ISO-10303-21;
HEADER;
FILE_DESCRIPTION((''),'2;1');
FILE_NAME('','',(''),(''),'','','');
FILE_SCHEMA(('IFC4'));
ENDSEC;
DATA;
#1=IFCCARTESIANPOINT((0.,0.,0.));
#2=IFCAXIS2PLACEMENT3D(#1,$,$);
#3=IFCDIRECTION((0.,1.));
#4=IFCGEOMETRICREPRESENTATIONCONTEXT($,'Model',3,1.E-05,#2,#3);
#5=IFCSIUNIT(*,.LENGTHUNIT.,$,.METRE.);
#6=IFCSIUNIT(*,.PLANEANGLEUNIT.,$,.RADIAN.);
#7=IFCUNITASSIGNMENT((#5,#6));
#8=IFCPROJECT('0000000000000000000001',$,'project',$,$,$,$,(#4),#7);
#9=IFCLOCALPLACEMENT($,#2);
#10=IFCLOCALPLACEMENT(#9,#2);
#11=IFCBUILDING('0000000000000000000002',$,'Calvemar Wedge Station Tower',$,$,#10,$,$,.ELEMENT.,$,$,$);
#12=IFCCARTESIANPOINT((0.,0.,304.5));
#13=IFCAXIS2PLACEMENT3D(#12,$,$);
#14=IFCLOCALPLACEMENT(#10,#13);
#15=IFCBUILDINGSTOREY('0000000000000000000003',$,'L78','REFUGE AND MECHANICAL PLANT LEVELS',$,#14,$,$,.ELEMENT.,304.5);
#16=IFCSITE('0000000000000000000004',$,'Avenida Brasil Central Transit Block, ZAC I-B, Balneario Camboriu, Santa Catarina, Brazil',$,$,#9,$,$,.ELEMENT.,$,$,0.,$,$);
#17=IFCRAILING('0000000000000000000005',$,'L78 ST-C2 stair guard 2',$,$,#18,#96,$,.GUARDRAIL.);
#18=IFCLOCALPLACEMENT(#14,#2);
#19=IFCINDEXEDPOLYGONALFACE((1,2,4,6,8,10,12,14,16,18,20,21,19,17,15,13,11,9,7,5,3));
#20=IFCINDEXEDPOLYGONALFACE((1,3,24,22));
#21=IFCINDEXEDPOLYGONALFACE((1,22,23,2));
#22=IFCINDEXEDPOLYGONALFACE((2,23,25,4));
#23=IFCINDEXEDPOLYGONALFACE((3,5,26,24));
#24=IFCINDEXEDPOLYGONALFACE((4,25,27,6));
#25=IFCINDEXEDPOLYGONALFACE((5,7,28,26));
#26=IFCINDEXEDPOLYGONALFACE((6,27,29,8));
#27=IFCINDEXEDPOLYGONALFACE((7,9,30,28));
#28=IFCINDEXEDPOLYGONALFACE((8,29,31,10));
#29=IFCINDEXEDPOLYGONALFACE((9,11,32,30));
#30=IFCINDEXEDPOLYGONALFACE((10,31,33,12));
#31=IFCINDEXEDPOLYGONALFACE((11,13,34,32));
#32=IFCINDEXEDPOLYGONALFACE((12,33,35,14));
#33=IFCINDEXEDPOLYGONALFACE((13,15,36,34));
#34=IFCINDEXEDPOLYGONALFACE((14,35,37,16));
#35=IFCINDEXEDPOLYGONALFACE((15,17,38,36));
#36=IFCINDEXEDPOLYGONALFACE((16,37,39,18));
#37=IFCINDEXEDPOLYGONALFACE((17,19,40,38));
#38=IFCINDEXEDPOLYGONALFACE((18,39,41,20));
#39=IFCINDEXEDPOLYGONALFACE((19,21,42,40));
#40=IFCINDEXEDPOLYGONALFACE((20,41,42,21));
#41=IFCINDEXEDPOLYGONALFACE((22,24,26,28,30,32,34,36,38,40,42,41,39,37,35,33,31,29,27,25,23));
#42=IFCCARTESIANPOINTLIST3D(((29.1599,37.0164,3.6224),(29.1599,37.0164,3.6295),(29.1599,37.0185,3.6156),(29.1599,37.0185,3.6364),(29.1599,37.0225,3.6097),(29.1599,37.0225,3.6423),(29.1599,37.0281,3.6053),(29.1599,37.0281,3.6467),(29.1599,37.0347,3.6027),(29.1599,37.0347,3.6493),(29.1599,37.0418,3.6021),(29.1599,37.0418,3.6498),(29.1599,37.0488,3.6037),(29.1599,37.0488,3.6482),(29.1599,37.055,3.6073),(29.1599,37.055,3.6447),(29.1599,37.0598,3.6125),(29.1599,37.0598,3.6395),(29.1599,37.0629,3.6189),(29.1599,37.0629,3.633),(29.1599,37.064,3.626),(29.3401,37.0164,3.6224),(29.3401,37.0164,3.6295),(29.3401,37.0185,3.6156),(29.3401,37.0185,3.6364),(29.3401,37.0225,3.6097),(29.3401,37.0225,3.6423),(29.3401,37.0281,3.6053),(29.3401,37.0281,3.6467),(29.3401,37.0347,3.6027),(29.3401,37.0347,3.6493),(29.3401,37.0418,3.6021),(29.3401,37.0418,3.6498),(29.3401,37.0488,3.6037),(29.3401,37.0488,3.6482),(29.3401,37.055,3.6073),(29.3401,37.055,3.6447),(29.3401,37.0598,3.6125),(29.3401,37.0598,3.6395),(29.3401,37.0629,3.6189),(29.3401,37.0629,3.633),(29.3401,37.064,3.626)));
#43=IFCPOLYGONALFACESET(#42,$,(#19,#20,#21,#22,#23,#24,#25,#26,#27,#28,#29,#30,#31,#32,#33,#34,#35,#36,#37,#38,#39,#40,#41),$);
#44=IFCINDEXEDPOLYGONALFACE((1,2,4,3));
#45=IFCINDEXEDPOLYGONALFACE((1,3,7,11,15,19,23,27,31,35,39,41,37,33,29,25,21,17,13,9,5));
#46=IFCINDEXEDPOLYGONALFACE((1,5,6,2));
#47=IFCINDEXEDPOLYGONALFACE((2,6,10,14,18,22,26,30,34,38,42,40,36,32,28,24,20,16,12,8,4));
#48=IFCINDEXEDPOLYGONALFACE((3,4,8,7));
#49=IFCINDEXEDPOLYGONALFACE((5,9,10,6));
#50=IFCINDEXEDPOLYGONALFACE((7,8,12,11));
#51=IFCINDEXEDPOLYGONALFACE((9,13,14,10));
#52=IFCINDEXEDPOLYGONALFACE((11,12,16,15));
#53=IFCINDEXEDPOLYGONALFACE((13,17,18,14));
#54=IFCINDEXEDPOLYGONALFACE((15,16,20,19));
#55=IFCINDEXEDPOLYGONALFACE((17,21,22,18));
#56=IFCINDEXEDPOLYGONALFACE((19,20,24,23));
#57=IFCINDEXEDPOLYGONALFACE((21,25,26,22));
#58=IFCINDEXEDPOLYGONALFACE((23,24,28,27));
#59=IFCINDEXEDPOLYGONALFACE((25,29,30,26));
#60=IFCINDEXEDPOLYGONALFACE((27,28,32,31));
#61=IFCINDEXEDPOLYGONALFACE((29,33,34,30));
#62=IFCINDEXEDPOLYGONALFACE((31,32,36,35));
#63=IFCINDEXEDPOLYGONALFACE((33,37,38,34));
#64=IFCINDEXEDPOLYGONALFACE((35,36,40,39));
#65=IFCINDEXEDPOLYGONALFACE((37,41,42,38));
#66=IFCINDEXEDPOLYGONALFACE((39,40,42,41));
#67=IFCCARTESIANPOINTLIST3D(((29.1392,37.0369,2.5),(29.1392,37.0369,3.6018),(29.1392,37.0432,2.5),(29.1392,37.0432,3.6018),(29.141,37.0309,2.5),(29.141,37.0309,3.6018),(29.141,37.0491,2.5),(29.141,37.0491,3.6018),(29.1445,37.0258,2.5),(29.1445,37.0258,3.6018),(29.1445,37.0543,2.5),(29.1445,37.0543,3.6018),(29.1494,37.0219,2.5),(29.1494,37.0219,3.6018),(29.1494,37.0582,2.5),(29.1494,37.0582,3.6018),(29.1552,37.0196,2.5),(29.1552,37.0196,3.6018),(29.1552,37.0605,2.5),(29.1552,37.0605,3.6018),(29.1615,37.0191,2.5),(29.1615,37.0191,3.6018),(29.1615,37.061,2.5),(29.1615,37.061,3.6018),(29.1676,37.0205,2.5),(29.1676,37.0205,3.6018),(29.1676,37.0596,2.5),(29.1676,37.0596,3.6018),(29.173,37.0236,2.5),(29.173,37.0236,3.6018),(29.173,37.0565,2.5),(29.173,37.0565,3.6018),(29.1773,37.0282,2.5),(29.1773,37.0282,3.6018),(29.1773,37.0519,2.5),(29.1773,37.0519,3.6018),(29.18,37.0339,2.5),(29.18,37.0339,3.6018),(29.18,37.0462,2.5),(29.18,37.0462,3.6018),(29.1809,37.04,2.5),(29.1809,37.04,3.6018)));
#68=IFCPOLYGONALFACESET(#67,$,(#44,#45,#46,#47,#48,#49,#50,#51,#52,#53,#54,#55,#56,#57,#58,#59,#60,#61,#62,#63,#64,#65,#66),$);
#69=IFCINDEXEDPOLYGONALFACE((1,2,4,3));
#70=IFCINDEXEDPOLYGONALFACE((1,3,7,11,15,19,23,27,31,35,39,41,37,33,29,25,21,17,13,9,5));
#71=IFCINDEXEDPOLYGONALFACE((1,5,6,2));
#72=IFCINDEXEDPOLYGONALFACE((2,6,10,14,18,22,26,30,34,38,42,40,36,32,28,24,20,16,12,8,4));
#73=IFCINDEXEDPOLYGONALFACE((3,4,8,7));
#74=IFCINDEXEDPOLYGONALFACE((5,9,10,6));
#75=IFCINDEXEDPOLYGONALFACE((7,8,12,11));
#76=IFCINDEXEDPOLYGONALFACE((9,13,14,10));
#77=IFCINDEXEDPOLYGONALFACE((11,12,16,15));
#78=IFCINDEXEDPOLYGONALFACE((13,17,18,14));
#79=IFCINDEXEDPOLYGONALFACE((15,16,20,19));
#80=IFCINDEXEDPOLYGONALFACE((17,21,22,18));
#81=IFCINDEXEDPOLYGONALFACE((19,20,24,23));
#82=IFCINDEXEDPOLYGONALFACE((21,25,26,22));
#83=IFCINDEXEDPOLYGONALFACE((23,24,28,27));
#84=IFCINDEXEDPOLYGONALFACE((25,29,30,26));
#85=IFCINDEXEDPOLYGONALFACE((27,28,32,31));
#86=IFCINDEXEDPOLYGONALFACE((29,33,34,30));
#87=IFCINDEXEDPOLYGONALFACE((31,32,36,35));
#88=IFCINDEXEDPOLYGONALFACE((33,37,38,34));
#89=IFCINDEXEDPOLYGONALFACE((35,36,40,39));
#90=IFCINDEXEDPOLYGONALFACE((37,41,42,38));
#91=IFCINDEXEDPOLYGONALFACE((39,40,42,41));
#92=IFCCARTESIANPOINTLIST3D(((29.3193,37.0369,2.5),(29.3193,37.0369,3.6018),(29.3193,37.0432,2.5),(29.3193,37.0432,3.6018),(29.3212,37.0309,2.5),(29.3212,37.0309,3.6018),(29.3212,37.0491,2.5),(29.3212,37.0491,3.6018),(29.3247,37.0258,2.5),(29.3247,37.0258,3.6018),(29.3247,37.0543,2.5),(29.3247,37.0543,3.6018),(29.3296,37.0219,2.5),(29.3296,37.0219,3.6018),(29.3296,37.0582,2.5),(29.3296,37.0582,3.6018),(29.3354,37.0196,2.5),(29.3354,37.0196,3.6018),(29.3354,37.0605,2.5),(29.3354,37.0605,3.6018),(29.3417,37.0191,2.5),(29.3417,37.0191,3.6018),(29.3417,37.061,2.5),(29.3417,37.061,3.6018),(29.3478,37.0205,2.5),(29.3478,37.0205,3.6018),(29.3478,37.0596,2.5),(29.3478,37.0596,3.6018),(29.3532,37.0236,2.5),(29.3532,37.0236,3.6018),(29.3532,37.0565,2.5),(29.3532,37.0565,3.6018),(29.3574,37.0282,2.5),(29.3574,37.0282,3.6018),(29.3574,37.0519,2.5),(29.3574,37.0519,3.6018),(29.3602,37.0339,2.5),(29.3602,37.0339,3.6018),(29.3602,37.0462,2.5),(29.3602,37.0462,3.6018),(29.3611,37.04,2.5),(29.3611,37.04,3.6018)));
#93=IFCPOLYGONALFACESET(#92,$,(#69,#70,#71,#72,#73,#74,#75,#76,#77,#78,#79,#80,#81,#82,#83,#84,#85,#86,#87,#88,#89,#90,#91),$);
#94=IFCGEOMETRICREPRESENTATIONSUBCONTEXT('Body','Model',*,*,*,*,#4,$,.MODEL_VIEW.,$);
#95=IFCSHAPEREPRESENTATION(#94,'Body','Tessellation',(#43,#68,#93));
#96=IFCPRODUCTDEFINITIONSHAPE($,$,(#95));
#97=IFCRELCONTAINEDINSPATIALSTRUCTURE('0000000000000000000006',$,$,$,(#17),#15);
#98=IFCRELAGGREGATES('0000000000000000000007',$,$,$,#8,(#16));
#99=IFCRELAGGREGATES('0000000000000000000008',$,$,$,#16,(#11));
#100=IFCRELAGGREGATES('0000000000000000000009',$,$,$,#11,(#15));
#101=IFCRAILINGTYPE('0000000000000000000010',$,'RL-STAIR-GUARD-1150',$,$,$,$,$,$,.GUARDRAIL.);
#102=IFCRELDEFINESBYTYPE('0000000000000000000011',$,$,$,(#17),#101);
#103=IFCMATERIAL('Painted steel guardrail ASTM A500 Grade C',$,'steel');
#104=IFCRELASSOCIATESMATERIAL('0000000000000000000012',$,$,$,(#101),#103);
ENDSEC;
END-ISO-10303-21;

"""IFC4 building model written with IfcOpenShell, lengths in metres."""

from ifc_helpers import new_model, si_unit, direction, frame, origin, origin_2d, place, context, subcontext, project, spatial, circle, extrude, material, type_object, element, save


model = new_model("IFC4")

# Units and contexts
model_context = context("Model", 3, precision=1e-05, world=origin(), true_north=direction((0.0, 1.0)))
body_context = subcontext(model_context, "Body", "Model", "MODEL_VIEW")
ifc_project = project(units=[si_unit("LENGTHUNIT", "METRE"), si_unit("PLANEANGLEUNIT", "RADIAN")], contexts=[model_context])

# Site, building, storey
site_placement = place(None, origin())
site = spatial("IfcSite", under=ifc_project, at=site_placement, Name="Avenida Brasil Central Transit Block, ZAC I-B, Balneario Camboriu, Santa Catarina, Brazil", CompositionType="ELEMENT", RefElevation=0.0)
building_placement = place(site_placement, origin())
building = spatial("IfcBuilding", under=site, at=building_placement, Name="Calvemar Wedge Station Tower", CompositionType="ELEMENT")
storey_placement = place(building_placement, frame((0.0, 0.0, 304.5)))
storey = spatial("IfcBuildingStorey", under=building, at=storey_placement, Name="L78", Description="REFUGE AND MECHANICAL PLANT LEVELS", CompositionType="ELEMENT", Elevation=304.5)

# Railing
ifc_material_1 = material(Name="Painted steel guardrail ASTM A500 Grade C", Category="steel")
railing_type_1 = type_object("IfcRailingType", Name="RL-STAIR-GUARD-1150", PredefinedType="GUARDRAIL", material=ifc_material_1)
railing_1_placement = place(storey_placement, frame((29.1599, 37.04, 2.5)))
element("IfcRailing", 1, at=railing_1_placement, inside=storey, type_object=railing_type_1, Name="L78 ST-C2 stair guard 2", PredefinedType="GUARDRAIL", context=body_context, shape_type="SweptSolid", body=[
    extrude(circle(Radius=0.0239, at=origin_2d()), frame((0.0, 0.0, 1.126), z_axis=(1.0, 0.0, 0.0), x_axis=(0.0, 1.0, 0.0)), (0.0, 0.0, 1.0), 0.1802),
    extrude(circle(Radius=0.021, at=origin_2d()), origin(), (0.0, 0.0, 1.0), 1.1018),
    extrude(circle(Radius=0.021, at=origin_2d()), frame((0.1802, 0.0, 0.0)), (0.0, 0.0, 1.0), 1.1018),
])

save(model, "model.ifc")
